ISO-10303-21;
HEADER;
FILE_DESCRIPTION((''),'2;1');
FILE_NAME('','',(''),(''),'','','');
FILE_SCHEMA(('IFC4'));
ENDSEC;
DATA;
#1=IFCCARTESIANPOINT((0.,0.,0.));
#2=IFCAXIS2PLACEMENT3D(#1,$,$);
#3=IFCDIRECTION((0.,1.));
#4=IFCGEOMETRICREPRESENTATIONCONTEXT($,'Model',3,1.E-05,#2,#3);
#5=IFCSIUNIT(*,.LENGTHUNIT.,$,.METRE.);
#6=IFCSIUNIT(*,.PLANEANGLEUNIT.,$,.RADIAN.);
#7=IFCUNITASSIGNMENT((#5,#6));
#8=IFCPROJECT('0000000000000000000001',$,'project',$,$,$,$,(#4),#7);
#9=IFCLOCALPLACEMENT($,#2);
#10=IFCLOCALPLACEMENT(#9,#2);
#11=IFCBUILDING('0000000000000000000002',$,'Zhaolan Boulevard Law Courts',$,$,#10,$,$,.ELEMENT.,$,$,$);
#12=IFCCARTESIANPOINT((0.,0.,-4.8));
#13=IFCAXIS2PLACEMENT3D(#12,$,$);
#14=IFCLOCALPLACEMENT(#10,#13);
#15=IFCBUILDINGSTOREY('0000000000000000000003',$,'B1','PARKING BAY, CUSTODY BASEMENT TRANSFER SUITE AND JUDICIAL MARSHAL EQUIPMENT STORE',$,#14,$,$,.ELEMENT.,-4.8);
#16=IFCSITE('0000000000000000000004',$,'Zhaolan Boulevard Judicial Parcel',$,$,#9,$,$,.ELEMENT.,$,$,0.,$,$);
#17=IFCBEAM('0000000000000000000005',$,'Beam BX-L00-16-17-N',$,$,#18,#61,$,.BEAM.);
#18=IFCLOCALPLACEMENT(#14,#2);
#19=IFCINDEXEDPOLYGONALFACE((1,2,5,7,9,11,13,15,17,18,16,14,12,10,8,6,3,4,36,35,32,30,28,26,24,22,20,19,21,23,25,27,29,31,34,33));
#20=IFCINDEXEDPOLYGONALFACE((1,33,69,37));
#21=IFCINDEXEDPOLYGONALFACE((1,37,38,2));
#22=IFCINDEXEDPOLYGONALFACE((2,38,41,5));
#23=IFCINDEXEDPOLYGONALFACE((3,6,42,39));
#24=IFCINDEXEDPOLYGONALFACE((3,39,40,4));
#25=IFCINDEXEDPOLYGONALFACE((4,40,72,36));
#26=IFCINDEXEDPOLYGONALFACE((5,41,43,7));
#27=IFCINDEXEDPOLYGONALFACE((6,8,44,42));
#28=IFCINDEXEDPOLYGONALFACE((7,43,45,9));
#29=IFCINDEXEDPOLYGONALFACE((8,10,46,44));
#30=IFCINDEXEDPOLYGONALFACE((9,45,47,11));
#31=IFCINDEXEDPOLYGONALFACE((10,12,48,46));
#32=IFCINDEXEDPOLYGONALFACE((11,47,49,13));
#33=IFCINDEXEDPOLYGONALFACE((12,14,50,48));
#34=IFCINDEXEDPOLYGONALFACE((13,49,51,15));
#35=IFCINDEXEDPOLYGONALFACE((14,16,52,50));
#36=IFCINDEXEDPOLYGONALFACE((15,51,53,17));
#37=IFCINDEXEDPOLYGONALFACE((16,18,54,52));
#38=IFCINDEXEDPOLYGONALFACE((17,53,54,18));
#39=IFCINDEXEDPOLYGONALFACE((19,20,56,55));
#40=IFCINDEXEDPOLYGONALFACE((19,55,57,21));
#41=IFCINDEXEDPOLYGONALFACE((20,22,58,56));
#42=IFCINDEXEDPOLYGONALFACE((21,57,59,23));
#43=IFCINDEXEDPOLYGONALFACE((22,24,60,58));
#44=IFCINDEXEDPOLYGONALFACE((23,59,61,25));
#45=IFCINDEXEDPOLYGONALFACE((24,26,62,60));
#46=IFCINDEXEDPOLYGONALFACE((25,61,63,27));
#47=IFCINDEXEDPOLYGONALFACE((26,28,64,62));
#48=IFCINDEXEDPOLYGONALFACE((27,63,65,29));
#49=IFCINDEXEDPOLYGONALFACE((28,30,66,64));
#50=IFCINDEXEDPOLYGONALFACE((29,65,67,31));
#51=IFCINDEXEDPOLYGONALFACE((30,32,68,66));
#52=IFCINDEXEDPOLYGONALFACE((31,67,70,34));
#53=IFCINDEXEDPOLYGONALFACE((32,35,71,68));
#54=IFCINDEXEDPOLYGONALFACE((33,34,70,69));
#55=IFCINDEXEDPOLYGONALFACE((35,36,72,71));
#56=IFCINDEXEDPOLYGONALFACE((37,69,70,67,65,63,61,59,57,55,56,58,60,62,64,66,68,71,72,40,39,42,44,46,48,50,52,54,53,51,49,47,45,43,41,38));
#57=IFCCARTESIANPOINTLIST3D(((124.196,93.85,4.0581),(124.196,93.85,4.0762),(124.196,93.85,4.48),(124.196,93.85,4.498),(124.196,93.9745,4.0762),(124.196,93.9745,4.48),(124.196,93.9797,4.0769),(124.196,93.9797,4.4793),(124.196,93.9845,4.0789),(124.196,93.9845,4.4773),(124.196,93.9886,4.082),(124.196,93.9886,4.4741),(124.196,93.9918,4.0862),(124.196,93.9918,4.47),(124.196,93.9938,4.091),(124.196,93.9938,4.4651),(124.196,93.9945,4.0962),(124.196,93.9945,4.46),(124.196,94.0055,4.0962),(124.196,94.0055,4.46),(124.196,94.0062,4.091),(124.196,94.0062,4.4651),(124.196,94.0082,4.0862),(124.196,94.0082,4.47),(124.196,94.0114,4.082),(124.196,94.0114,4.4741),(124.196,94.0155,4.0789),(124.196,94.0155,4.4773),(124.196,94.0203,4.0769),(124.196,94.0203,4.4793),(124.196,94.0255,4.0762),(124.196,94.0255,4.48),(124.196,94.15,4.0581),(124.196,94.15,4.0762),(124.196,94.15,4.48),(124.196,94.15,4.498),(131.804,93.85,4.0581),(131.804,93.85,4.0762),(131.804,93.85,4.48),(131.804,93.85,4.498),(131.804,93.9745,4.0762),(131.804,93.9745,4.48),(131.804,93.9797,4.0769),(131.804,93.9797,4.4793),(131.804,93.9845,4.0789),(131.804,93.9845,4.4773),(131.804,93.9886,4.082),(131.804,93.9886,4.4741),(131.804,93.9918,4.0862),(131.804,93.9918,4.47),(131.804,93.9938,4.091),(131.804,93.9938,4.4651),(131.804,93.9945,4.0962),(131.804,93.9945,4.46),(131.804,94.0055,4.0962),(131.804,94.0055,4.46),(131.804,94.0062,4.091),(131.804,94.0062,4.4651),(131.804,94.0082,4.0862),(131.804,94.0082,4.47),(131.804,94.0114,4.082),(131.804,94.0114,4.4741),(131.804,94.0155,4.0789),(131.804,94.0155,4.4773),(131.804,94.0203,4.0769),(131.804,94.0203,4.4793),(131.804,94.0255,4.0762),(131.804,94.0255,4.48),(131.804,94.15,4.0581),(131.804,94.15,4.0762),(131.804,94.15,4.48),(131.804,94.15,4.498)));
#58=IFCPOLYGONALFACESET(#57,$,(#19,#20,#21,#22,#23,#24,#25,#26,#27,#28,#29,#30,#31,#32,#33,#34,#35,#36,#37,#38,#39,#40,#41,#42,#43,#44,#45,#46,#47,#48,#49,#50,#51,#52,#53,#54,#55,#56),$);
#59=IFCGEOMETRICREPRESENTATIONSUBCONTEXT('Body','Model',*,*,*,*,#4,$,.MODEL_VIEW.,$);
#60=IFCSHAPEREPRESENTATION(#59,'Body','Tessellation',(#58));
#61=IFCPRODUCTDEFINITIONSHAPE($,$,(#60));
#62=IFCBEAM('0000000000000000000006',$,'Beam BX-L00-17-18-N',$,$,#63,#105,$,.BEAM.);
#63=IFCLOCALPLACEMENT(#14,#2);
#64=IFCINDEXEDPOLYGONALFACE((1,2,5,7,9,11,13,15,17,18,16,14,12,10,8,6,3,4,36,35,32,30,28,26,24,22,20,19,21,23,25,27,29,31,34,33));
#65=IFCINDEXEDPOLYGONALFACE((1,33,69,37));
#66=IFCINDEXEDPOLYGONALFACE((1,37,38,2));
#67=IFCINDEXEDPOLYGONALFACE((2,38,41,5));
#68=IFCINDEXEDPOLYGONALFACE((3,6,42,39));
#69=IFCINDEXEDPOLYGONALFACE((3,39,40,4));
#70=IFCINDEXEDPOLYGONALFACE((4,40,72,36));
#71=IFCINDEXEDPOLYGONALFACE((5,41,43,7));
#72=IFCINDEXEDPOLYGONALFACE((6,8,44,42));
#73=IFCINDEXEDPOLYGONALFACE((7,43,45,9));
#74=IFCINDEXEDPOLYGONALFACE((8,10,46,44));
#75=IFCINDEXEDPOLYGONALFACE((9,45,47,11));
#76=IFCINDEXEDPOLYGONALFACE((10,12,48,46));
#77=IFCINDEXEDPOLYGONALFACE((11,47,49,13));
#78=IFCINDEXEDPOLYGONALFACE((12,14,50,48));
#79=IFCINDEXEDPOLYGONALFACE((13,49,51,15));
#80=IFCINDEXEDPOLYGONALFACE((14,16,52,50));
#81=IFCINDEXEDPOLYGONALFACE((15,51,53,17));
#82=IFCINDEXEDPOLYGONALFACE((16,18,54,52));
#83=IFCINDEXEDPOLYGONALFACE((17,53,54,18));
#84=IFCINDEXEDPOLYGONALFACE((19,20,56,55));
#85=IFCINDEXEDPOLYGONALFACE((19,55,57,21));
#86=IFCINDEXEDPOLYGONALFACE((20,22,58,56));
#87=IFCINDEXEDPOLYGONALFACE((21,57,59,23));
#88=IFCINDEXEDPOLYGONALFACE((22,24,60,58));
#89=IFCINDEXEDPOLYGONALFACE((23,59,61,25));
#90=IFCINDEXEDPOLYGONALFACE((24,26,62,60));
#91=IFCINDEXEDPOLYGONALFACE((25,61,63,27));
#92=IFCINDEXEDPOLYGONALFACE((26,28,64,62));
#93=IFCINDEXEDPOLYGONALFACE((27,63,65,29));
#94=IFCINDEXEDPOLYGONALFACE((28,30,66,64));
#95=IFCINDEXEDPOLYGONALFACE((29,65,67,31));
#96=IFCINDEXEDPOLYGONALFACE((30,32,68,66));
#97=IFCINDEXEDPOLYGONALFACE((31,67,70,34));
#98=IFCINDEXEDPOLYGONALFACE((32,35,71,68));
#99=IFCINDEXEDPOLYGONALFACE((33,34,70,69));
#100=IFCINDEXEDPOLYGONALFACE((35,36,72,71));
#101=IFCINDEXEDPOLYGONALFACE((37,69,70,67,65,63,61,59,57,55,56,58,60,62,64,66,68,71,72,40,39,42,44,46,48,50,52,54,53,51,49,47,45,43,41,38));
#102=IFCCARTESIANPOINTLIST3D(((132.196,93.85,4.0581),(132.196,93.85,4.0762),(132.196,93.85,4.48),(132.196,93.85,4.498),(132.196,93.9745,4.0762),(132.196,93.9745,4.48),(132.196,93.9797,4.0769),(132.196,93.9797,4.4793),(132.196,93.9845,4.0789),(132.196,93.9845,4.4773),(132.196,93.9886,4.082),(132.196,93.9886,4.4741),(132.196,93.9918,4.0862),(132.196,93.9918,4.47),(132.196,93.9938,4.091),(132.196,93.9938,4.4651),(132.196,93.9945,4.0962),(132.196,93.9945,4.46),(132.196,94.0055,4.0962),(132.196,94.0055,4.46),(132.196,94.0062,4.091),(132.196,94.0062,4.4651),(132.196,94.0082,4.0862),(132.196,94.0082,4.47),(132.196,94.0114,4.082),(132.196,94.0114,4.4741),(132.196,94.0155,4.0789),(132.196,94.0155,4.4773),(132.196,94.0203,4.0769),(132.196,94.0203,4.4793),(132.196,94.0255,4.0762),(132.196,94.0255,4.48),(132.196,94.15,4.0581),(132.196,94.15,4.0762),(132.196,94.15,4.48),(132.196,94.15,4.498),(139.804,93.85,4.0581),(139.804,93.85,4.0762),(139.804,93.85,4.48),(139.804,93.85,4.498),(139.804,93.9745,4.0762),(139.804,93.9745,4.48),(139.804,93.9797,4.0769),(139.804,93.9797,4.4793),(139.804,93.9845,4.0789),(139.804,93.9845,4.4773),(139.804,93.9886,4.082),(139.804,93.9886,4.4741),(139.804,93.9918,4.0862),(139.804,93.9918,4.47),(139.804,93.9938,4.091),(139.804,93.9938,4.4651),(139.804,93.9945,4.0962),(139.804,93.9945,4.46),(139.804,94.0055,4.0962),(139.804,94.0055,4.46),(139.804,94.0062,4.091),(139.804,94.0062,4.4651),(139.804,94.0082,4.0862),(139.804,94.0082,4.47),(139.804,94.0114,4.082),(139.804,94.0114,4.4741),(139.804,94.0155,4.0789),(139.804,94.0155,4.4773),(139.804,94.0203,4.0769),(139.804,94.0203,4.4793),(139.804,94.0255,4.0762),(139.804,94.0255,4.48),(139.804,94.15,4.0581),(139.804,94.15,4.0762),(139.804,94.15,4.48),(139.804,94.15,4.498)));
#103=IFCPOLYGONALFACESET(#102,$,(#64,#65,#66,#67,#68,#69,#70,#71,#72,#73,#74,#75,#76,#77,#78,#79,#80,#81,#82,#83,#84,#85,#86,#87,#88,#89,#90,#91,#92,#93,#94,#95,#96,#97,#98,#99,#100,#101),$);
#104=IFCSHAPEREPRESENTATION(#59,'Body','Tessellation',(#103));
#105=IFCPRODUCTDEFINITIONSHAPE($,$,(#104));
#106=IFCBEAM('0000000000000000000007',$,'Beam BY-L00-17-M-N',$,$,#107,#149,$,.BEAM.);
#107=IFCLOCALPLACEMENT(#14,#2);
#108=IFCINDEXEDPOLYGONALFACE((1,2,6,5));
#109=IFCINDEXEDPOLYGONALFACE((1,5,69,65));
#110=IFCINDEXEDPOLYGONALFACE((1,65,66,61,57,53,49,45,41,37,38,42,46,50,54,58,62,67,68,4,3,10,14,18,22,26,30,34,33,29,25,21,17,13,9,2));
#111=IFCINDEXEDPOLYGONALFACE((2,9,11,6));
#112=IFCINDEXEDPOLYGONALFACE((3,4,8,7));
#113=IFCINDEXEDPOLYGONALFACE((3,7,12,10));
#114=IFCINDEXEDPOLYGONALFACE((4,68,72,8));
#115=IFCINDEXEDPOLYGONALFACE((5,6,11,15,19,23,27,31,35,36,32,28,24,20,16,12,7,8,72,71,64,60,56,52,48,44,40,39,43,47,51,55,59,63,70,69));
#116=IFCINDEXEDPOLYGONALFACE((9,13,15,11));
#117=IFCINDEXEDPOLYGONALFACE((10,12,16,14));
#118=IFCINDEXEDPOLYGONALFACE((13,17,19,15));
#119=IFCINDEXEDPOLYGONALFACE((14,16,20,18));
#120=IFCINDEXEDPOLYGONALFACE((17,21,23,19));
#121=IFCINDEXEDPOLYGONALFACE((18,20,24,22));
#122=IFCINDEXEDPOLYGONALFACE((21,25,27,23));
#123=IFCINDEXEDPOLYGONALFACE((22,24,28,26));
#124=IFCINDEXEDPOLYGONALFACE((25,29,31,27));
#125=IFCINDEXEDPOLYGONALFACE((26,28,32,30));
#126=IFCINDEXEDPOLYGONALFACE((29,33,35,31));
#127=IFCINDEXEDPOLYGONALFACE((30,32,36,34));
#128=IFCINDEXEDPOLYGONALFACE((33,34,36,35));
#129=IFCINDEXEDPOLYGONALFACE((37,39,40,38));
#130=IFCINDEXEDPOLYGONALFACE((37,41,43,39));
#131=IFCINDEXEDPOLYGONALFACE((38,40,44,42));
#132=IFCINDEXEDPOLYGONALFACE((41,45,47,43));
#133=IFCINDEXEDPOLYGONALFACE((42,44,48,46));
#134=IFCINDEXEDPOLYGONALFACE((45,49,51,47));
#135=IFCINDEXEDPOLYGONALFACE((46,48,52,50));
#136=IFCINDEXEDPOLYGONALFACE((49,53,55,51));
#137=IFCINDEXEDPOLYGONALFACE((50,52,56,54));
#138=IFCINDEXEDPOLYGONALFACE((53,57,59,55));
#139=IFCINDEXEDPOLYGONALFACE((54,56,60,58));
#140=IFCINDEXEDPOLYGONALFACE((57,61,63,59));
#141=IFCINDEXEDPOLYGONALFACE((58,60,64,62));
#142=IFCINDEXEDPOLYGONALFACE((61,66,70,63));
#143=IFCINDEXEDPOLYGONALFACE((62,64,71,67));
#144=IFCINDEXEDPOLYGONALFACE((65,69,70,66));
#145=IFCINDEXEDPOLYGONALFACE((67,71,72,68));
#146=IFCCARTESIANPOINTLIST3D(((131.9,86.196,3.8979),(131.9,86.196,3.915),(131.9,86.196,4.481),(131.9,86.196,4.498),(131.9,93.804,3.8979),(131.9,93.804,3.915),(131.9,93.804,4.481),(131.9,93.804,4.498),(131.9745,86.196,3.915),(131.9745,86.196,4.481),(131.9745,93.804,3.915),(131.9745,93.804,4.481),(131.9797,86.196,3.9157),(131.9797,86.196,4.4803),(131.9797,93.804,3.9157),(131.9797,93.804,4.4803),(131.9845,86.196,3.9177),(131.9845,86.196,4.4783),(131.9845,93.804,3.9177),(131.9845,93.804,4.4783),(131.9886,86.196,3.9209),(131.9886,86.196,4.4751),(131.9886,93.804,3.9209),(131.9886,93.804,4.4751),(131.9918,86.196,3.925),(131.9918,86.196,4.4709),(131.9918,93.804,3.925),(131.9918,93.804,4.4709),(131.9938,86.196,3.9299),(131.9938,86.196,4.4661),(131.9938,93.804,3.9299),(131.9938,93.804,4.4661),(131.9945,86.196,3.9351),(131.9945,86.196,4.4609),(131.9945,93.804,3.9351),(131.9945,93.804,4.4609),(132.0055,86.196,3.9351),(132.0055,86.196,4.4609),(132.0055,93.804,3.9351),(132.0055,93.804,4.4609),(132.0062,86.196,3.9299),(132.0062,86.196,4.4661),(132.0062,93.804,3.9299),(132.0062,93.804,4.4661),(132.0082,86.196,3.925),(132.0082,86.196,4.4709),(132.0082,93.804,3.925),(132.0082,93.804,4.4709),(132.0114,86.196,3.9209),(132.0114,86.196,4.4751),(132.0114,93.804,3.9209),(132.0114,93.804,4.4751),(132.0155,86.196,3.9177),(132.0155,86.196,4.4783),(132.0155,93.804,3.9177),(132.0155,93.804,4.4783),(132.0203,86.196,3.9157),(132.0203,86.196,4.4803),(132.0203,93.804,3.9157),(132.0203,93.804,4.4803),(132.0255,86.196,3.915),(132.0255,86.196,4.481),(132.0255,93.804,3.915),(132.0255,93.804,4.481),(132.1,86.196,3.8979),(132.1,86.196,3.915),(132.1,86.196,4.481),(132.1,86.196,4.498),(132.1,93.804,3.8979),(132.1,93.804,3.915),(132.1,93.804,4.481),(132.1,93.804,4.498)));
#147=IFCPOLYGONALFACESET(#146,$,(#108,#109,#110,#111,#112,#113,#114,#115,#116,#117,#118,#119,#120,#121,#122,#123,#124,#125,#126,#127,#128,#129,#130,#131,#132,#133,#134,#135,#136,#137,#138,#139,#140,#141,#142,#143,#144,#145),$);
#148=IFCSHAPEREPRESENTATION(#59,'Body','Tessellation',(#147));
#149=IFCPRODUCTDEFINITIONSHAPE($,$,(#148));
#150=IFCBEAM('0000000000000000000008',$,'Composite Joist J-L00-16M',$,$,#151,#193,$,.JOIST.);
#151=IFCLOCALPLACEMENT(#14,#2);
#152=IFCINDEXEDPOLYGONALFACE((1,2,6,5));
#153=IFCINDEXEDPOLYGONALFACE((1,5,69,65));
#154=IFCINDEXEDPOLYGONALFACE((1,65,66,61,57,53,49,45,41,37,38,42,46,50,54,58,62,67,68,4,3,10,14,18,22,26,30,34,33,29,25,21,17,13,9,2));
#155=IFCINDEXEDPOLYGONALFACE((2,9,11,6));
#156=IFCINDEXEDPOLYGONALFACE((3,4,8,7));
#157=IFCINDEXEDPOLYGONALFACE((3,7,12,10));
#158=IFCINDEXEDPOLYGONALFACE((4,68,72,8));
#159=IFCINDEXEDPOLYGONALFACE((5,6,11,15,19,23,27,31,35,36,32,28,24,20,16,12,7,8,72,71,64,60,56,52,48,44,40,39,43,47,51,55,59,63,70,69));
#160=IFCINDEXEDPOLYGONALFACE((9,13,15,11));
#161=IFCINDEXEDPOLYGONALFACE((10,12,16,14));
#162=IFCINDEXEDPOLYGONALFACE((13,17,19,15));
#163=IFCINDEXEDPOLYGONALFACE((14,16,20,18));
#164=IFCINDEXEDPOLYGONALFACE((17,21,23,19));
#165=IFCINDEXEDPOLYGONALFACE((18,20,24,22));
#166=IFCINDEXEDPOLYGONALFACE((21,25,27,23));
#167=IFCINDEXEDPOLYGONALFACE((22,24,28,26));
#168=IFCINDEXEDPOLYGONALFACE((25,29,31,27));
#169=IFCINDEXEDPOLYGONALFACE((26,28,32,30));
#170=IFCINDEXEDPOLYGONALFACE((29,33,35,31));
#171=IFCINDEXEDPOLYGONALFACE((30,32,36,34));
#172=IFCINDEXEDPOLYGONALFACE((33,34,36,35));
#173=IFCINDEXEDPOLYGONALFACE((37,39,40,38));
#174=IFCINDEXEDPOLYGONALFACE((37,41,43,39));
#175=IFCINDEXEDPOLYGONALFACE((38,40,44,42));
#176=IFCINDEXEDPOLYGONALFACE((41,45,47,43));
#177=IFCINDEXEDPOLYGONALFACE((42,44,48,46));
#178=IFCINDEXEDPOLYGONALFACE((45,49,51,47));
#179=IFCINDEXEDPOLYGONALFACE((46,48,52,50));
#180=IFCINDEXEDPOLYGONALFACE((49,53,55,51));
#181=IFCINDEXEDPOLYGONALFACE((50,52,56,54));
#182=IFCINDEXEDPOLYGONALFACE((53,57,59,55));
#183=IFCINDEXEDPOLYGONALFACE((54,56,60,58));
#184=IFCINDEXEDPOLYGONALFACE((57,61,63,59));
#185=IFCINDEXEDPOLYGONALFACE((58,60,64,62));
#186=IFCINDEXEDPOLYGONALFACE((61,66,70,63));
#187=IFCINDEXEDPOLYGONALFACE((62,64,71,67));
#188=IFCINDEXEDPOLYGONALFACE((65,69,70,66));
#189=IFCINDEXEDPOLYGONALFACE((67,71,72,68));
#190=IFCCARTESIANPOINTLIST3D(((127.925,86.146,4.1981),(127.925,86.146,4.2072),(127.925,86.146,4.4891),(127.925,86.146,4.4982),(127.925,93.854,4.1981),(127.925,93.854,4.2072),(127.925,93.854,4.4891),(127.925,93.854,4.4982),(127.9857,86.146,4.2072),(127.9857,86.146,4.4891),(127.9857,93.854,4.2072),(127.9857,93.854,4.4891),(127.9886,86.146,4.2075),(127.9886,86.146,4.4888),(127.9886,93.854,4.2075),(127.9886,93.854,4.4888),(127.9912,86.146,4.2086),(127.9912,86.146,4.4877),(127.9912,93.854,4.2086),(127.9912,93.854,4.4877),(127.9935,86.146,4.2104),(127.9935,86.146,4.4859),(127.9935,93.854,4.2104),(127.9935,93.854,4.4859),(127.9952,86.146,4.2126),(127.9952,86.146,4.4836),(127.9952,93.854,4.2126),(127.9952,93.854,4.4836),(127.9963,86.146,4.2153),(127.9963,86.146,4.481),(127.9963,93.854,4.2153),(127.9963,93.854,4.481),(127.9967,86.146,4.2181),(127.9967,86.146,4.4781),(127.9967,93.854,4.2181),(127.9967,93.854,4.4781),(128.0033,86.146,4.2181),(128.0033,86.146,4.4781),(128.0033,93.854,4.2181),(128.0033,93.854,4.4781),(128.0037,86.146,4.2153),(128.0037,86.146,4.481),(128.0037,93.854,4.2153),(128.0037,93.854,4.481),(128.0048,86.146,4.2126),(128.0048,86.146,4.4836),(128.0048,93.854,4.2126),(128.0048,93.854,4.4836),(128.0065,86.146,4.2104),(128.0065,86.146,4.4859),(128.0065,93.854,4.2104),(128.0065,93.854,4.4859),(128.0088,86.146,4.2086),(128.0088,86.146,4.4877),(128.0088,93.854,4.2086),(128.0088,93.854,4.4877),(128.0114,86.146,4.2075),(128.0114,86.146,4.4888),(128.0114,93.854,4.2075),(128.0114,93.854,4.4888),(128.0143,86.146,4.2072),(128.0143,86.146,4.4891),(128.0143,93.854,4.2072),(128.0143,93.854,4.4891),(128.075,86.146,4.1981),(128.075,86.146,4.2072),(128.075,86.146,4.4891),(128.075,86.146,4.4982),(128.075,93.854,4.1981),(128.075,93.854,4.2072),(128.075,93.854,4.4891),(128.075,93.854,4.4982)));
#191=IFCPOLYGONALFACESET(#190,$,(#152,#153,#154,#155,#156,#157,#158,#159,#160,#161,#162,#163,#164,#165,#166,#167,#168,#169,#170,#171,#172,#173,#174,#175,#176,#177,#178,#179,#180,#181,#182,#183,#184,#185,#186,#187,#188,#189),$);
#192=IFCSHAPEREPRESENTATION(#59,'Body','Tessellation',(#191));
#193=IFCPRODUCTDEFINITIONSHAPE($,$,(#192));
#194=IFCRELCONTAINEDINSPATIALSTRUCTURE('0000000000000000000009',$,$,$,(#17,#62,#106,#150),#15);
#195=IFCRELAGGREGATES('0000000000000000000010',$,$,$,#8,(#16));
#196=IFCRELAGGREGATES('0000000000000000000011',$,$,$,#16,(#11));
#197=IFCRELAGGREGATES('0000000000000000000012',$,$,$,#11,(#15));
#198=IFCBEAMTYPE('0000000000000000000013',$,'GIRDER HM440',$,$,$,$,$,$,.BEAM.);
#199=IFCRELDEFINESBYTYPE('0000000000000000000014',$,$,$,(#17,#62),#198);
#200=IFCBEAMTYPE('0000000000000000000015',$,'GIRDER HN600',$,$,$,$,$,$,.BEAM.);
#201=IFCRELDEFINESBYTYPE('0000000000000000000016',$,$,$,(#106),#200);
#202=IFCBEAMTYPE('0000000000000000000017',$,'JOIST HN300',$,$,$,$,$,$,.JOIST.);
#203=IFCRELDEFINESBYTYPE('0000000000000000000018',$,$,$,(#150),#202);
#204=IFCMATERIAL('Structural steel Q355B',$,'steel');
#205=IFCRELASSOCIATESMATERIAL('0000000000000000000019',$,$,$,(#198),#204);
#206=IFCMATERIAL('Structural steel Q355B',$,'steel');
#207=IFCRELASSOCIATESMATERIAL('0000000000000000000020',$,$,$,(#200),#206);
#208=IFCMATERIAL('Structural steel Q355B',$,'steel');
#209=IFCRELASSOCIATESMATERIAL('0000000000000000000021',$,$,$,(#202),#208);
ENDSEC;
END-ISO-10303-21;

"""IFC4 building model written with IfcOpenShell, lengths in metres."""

from ifc_helpers import new_model, si_unit, direction, frame, origin, origin_2d, place, context, subcontext, project, spatial, i_section, extrude, material, material_profile, profile_set, type_object, element, save


model = new_model("IFC4")

# Units and contexts
model_context = context("Model", 3, precision=1e-05, world=origin(), true_north=direction((0.0, 1.0)))
body_context = subcontext(model_context, "Body", "Model", "MODEL_VIEW")
ifc_project = project(units=[si_unit("LENGTHUNIT", "METRE"), si_unit("PLANEANGLEUNIT", "RADIAN")], contexts=[model_context])

# Site, building, storey
site_placement = place(None, origin())
site = spatial("IfcSite", under=ifc_project, at=site_placement, Name="Zhaolan Boulevard Judicial Parcel", CompositionType="ELEMENT", RefElevation=0.0)
building_placement = place(site_placement, origin())
building = spatial("IfcBuilding", under=site, at=building_placement, Name="Zhaolan Boulevard Law Courts", CompositionType="ELEMENT")
storey_placement = place(building_placement, frame((0.0, 0.0, -4.8)))
storey = spatial("IfcBuildingStorey", under=building, at=storey_placement, Name="B1", Description="PARKING BAY, CUSTODY BASEMENT TRANSFER SUITE AND JUDICIAL MARSHAL EQUIPMENT STORE", CompositionType="ELEMENT", Elevation=-4.8)

# Beams
ifc_material_1 = material(Name="Structural steel Q355B", Category="steel")
ifc_material_profile_1 = material_profile(ifc_material_1, i_section(OverallWidth=0.3, OverallDepth=0.4399, WebThickness=0.011, FlangeThickness=0.0181, FilletRadius=0.02, at=origin_2d()), Name="HM440x300")
ifc_profile_set_1 = profile_set([ifc_material_profile_1], Name="Structural steel Q355B")
beam_type_1 = type_object("IfcBeamType", Name="GIRDER HM440", PredefinedType="BEAM", material=ifc_profile_set_1)
for number, where, z_axis, x_axis, name in (
    (1, (124.196, 94.0, 4.2781), (1.0, 0.0, 0.0), (0.0, 1.0, 0.0), "Beam BX-L00-16-17-N"),
    (2, (132.196, 94.0, 4.2781), (1.0, 0.0, 0.0), (0.0, 1.0, 0.0), "Beam BX-L00-17-18-N"),
):
    element("IfcBeam", number, at=place(storey_placement, frame(where, z_axis=z_axis, x_axis=x_axis)), inside=storey, type_object=beam_type_1, Name=name, PredefinedType="BEAM", context=body_context, shape_type="SweptSolid", body=[
        extrude(i_section(OverallWidth=0.3, OverallDepth=0.4399, WebThickness=0.011, FlangeThickness=0.0181, FilletRadius=0.02, at=origin_2d()), origin(), (0.0, 0.0, 1.0), 7.6079),
    ])
ifc_material_2 = material(Name="Structural steel Q355B", Category="steel")
ifc_material_profile_2 = material_profile(ifc_material_2, i_section(OverallWidth=0.2, OverallDepth=0.6001, WebThickness=0.011, FlangeThickness=0.0171, FilletRadius=0.02, at=origin_2d()), Name="HN600x200")
ifc_profile_set_2 = profile_set([ifc_material_profile_2], Name="Structural steel Q355B")
beam_type_2 = type_object("IfcBeamType", Name="GIRDER HN600", PredefinedType="BEAM", material=ifc_profile_set_2)
beam_1_placement = place(storey_placement, frame((132.0, 86.196, 4.198), z_axis=(0.0, 1.0, 0.0), x_axis=(-1.0, 0.0, 0.0)))
element("IfcBeam", 3, at=beam_1_placement, inside=storey, type_object=beam_type_2, Name="Beam BY-L00-17-M-N", PredefinedType="BEAM", context=body_context, shape_type="SweptSolid", body=[
    extrude(i_section(OverallWidth=0.2, OverallDepth=0.6001, WebThickness=0.011, FlangeThickness=0.0171, FilletRadius=0.02, at=origin_2d()), origin(), (0.0, 0.0, 1.0), 7.6079),
])
ifc_material_3 = material(Name="Structural steel Q355B", Category="steel")
ifc_material_profile_3 = material_profile(ifc_material_3, i_section(OverallWidth=0.1499, OverallDepth=0.3, WebThickness=0.0066, FlangeThickness=0.009, FilletRadius=0.011, at=origin_2d()), Name="HN300x150")
ifc_profile_set_3 = profile_set([ifc_material_profile_3], Name="Structural steel Q355B")
beam_type_3 = type_object("IfcBeamType", Name="JOIST HN300", PredefinedType="JOIST", material=ifc_profile_set_3)
beam_2_placement = place(storey_placement, frame((128.0, 86.146, 4.3481), z_axis=(0.0, 1.0, 0.0), x_axis=(-1.0, 0.0, 0.0)))
element("IfcBeam", 4, at=beam_2_placement, inside=storey, type_object=beam_type_3, Name="Composite Joist J-L00-16M", PredefinedType="JOIST", context=body_context, shape_type="SweptSolid", body=[
    extrude(i_section(OverallWidth=0.1499, OverallDepth=0.3, WebThickness=0.0066, FlangeThickness=0.009, FilletRadius=0.011, at=origin_2d()), origin(), (0.0, 0.0, 1.0), 7.708),
])

save(model, "model.ifc")
